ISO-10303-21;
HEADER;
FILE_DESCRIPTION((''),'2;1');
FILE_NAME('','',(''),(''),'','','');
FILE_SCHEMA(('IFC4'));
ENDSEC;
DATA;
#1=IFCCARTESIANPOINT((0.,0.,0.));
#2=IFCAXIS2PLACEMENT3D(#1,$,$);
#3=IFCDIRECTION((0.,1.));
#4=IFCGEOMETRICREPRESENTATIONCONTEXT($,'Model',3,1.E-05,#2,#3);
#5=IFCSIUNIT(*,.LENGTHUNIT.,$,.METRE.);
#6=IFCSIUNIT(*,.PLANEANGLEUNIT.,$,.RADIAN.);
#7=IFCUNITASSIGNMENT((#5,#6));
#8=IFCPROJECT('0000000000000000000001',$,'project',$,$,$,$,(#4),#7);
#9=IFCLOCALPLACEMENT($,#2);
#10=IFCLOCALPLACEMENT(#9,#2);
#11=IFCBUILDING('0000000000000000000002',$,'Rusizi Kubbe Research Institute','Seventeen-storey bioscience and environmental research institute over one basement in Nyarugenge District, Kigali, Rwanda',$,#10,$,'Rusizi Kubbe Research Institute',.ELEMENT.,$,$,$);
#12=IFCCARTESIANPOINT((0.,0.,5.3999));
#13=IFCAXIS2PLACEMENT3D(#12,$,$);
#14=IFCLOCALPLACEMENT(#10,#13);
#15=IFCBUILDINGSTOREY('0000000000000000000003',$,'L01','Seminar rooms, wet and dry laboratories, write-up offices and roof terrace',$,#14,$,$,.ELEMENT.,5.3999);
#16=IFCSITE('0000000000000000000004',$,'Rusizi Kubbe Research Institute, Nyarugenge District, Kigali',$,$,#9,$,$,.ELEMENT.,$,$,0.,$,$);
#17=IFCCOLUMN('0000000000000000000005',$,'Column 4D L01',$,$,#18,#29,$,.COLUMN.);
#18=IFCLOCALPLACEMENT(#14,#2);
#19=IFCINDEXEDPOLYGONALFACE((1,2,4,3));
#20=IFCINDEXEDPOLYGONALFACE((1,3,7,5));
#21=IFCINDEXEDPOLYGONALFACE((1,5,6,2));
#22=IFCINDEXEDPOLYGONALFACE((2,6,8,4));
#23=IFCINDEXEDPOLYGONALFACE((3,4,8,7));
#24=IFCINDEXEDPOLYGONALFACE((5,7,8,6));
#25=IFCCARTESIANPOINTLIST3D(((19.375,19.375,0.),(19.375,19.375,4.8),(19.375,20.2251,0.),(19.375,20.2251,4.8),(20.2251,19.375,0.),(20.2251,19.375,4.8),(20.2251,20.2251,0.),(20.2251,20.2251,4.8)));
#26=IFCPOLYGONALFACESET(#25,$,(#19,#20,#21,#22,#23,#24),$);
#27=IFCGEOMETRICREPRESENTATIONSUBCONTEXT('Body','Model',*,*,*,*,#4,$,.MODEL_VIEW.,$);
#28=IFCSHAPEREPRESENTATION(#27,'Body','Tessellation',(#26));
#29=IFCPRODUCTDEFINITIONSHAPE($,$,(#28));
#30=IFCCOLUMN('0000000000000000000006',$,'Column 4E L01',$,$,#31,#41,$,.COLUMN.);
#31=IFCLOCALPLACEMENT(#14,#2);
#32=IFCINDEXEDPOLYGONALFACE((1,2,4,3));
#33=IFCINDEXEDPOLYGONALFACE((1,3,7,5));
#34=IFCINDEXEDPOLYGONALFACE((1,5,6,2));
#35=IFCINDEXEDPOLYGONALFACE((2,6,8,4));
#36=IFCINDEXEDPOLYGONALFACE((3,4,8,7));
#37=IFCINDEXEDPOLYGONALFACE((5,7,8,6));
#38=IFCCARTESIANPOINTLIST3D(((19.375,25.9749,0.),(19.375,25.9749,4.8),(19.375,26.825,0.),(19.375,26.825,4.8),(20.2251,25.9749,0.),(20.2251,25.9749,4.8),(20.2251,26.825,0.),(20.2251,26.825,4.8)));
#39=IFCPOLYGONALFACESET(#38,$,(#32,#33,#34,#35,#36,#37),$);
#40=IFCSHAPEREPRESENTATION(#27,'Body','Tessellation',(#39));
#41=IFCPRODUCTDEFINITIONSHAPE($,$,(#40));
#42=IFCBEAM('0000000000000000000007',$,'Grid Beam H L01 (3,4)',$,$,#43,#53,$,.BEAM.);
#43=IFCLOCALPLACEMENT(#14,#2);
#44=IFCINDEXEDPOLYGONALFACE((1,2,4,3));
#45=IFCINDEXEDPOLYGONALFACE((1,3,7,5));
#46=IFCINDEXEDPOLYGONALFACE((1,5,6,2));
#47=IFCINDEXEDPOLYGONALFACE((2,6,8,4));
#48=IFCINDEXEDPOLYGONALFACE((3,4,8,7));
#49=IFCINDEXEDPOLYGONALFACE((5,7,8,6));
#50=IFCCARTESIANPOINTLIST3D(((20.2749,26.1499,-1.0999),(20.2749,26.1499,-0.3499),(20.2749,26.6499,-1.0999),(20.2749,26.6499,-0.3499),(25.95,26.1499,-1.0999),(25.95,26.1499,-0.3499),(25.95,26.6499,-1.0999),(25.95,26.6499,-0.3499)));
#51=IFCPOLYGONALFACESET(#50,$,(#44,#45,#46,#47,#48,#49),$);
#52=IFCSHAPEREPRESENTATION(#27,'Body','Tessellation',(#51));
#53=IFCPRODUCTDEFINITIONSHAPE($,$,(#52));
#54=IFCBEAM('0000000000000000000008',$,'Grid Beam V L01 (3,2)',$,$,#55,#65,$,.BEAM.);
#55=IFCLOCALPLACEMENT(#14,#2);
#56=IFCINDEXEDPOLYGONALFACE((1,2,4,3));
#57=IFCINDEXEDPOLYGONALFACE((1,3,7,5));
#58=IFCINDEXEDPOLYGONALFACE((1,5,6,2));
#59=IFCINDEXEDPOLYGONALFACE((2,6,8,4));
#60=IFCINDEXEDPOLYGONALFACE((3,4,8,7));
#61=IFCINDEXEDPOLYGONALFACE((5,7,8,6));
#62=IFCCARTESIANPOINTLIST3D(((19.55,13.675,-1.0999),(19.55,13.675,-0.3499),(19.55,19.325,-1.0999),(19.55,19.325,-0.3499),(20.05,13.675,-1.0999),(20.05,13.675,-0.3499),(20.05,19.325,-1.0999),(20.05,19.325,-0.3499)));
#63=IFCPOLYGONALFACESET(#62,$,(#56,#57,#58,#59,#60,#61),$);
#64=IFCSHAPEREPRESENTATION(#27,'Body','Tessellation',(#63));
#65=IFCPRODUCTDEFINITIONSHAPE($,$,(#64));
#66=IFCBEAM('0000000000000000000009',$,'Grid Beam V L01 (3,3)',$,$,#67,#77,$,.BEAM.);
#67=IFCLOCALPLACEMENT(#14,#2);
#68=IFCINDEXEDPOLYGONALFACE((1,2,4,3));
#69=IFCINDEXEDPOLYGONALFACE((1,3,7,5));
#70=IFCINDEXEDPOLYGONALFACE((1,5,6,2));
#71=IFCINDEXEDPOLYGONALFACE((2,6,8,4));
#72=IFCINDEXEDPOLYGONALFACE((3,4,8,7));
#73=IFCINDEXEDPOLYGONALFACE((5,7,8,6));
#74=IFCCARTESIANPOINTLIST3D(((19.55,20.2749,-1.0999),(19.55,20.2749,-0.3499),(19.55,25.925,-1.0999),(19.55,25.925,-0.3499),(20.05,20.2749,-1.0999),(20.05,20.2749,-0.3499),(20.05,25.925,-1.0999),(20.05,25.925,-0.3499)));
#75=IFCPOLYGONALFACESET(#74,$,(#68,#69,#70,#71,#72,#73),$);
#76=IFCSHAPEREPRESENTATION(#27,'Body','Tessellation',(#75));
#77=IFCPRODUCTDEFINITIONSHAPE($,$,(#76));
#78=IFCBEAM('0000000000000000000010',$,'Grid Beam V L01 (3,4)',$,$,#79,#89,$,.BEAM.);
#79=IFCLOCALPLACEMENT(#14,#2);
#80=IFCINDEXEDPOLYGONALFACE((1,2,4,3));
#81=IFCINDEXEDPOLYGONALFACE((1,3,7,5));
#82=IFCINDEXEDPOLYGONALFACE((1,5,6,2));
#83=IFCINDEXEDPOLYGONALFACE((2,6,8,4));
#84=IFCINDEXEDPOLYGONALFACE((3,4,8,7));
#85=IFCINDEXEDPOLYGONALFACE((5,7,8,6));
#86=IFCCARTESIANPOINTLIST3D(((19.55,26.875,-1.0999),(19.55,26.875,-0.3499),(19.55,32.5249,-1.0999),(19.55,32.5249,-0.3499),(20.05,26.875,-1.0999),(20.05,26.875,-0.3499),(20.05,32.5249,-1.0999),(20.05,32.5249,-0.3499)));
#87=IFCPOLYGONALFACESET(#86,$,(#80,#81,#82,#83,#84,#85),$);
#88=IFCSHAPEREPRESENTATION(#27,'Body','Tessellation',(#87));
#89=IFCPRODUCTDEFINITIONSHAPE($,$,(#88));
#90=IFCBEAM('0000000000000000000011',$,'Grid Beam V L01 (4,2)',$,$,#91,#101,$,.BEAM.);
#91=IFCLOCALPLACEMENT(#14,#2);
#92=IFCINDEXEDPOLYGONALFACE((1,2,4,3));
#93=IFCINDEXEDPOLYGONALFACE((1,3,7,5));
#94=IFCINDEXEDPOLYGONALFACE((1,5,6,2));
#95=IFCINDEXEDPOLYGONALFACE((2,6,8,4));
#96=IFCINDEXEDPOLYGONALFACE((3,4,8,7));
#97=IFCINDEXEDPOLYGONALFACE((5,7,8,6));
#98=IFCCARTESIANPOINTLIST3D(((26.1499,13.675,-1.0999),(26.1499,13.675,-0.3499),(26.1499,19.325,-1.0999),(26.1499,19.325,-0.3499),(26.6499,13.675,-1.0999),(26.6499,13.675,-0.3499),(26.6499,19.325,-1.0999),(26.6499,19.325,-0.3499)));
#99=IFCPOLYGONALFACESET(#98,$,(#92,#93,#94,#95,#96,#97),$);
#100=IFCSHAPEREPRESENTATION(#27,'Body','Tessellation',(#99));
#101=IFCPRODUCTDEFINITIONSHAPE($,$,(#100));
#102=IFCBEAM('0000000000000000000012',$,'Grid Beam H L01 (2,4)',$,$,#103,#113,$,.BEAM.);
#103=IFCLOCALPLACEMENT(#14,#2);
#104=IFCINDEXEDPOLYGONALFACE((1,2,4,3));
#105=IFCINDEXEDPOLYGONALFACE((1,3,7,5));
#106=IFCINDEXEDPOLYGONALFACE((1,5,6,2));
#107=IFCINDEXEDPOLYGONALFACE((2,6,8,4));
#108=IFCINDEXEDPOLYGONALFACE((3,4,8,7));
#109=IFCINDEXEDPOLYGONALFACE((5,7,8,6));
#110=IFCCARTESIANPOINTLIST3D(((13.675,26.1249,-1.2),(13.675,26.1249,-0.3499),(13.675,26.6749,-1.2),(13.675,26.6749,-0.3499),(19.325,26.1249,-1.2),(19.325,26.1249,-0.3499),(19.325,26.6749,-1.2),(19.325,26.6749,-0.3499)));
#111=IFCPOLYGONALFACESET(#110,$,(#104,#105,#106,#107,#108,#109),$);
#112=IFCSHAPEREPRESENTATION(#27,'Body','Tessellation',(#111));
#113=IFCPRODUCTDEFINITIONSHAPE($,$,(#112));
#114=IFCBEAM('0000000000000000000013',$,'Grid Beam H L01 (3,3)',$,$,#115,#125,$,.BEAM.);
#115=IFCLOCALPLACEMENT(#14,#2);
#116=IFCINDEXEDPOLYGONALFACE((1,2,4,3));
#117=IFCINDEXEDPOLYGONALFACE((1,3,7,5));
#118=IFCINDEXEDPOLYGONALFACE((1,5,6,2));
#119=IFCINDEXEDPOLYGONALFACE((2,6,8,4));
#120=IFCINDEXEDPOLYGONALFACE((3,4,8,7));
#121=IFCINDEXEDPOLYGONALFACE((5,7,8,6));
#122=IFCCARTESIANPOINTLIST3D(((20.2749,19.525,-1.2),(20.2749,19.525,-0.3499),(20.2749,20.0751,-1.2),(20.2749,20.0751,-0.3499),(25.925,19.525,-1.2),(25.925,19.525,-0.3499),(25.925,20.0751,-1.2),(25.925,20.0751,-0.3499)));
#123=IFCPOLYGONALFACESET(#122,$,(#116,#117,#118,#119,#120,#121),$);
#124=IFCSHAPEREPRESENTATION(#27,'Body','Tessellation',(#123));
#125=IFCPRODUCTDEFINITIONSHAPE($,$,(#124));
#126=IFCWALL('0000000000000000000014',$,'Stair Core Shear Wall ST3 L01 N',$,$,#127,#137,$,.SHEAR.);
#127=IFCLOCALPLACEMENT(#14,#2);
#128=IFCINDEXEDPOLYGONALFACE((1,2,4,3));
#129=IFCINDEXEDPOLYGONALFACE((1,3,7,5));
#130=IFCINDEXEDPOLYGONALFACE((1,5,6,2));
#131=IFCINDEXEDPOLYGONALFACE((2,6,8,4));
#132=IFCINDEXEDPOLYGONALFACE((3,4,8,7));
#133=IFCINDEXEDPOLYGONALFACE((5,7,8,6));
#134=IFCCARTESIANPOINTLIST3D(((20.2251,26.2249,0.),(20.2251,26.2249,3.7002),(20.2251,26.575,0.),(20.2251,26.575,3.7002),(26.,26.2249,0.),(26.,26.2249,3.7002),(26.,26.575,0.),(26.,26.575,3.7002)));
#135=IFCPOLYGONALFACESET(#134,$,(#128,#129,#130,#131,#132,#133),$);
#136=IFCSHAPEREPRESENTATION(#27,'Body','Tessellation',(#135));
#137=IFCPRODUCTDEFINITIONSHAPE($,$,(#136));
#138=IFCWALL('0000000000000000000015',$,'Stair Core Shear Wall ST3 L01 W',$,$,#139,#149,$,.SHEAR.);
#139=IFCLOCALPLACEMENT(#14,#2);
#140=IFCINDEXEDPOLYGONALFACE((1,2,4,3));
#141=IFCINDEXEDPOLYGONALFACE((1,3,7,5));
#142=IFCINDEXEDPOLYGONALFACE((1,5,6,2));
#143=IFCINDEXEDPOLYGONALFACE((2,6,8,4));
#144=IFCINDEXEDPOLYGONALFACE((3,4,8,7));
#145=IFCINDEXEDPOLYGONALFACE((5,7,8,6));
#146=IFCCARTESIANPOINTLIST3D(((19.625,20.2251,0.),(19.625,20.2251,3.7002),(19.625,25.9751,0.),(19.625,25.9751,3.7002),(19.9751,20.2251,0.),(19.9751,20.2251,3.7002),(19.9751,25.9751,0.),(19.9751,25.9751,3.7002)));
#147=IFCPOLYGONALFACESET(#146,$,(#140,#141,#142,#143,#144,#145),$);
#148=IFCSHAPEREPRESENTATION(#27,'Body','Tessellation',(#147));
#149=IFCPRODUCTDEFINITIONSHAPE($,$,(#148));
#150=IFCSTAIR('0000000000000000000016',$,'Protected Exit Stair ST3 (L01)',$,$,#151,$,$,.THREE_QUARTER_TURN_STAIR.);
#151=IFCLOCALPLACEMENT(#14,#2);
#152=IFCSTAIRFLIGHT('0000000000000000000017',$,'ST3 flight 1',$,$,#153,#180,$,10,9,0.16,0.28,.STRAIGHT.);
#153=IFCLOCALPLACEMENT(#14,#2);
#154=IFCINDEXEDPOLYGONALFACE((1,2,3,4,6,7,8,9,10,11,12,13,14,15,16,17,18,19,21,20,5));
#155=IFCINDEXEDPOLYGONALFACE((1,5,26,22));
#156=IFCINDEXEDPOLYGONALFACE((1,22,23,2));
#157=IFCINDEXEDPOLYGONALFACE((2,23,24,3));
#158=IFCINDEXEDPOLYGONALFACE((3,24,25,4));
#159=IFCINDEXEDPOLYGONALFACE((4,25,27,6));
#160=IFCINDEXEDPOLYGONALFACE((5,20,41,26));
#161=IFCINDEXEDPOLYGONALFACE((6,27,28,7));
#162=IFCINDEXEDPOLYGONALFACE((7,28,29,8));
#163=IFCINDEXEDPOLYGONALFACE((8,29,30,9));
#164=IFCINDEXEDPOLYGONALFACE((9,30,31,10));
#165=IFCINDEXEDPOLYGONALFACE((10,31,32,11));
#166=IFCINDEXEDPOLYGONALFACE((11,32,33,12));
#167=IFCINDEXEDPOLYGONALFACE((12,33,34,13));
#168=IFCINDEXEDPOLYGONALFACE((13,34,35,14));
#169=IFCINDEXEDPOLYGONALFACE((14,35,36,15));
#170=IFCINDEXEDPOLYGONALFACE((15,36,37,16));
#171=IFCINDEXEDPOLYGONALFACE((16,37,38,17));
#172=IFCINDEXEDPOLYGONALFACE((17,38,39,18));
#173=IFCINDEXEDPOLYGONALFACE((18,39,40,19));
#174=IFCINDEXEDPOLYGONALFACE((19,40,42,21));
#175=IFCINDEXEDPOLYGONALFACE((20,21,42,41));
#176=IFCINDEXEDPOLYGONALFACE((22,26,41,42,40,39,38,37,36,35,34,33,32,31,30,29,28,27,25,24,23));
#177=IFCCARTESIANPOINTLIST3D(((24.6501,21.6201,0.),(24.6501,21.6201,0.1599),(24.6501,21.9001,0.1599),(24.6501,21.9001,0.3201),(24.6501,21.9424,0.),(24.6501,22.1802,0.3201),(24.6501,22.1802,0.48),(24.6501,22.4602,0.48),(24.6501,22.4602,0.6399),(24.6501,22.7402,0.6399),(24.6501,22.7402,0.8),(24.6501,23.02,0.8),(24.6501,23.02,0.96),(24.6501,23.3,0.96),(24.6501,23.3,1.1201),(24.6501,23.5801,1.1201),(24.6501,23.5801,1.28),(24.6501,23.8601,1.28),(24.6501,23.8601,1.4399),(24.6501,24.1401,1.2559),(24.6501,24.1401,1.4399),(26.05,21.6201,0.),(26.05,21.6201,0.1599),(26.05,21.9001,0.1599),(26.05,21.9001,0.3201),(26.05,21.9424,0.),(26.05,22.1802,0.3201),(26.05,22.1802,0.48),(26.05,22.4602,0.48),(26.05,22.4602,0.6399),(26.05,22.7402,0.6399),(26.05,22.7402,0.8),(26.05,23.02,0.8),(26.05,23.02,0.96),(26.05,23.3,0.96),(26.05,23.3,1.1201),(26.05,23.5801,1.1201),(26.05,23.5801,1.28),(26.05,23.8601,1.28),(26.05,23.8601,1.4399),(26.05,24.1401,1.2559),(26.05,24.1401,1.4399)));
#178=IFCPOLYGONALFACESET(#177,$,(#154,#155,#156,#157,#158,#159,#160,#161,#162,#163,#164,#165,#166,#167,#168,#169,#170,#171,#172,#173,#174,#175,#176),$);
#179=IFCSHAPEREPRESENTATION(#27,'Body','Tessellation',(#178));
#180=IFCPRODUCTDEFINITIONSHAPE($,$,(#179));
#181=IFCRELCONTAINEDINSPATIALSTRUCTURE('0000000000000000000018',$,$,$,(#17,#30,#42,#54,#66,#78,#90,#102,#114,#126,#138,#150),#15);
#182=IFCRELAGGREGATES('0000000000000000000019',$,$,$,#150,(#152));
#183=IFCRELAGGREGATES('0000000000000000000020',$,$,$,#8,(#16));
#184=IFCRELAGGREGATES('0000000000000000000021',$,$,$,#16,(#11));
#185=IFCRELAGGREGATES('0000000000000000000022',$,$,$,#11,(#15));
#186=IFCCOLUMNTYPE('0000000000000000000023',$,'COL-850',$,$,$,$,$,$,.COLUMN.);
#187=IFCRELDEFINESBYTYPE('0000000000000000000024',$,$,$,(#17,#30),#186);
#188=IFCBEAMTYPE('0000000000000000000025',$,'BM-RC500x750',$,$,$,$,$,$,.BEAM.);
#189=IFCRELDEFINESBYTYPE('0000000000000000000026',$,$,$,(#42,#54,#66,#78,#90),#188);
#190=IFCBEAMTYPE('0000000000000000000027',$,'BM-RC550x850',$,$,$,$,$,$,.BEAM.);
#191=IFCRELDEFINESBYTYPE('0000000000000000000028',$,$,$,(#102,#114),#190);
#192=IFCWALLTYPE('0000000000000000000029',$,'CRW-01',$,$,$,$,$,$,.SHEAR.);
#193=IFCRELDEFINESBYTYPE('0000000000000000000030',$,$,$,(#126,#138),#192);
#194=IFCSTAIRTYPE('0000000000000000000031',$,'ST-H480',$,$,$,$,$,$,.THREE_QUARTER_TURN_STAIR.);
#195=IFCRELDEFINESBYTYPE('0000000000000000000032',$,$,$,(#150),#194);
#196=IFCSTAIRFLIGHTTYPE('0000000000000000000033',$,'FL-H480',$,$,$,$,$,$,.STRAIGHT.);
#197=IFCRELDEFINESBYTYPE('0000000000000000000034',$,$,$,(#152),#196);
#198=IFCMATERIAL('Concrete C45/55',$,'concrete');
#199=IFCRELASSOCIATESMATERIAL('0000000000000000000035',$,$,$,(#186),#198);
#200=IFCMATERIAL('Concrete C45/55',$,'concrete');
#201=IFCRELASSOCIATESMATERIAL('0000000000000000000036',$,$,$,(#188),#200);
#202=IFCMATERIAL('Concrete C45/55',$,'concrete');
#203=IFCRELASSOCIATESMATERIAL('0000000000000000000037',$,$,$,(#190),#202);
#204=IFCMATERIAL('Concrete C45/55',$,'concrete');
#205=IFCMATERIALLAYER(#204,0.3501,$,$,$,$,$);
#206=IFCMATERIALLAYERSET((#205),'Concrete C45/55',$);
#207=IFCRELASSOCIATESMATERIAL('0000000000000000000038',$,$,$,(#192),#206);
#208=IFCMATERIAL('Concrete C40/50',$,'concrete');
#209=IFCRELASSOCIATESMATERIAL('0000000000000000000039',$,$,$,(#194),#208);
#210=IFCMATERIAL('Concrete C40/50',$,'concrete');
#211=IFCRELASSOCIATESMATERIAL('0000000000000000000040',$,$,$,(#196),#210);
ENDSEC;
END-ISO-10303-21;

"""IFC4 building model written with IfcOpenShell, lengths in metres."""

from ifc_helpers import new_model, si_unit, direction, frame, frame_2d, origin, origin_2d, place, context, subcontext, project, spatial, polyline, rectangle, outline, extrude, material, layer, layer_set, material_profile, profile_set, type_object, element, aggregate, save


model = new_model("IFC4")

# Units and contexts
model_context = context("Model", 3, precision=1e-05, world=origin(), true_north=direction((0.0, 1.0)))
body_context = subcontext(model_context, "Body", "Model", "MODEL_VIEW")
ifc_project = project(units=[si_unit("LENGTHUNIT", "METRE"), si_unit("PLANEANGLEUNIT", "RADIAN")], contexts=[model_context])

# Site, building, storey
site_placement = place(None, origin())
site = spatial("IfcSite", under=ifc_project, at=site_placement, Name="Rusizi Kubbe Research Institute, Nyarugenge District, Kigali", CompositionType="ELEMENT", RefElevation=0.0)
building_placement = place(site_placement, origin())
building = spatial("IfcBuilding", under=site, at=building_placement, Name="Rusizi Kubbe Research Institute", Description="Seventeen-storey bioscience and environmental research institute over one basement in Nyarugenge District, Kigali, Rwanda", LongName="Rusizi Kubbe Research Institute", CompositionType="ELEMENT")
storey_placement = place(building_placement, frame((0.0, 0.0, 5.3999)))
storey = spatial("IfcBuildingStorey", under=building, at=storey_placement, Name="L01", Description="Seminar rooms, wet and dry laboratories, write-up offices and roof terrace", CompositionType="ELEMENT", Elevation=5.3999)

# Columns
ifc_material_1 = material(Name="Concrete C45/55", Category="concrete")
ifc_material_profile_1 = material_profile(ifc_material_1, rectangle(XDim=0.8501, YDim=0.8501, at=origin_2d()), Name="RC850x850")
ifc_profile_set_1 = profile_set([ifc_material_profile_1], Name="Concrete C45/55")
column_type = type_object("IfcColumnType", Name="COL-850", PredefinedType="COLUMN", material=ifc_profile_set_1)
for number, where, z_axis, x_axis, name in (
    (1, (19.8, 19.8, 0.0), (0.0, 0.0, 1.0), (1.0, 0.0, 0.0), "Column 4D L01"),
    (2, (19.8, 26.3999, 0.0), (0.0, 0.0, 1.0), (1.0, 0.0, 0.0), "Column 4E L01"),
):
    element("IfcColumn", number, at=place(storey_placement, frame(where, z_axis=z_axis, x_axis=x_axis)), inside=storey, type_object=column_type, Name=name, PredefinedType="COLUMN", context=body_context, shape_type="SweptSolid", body=[
        extrude(rectangle(XDim=0.8501, YDim=0.8501, at=origin_2d()), origin(), (0.0, 0.0, 1.0), 4.8),
    ])

# Beams
ifc_material_2 = material(Name="Concrete C45/55", Category="concrete")
ifc_material_profile_2 = material_profile(ifc_material_2, rectangle(XDim=0.5, YDim=0.75, at=origin_2d()), Name="RC500x750B")
ifc_profile_set_2 = profile_set([ifc_material_profile_2], Name="Concrete C45/55")
beam_type_1 = type_object("IfcBeamType", Name="BM-RC500x750", PredefinedType="BEAM", material=ifc_profile_set_2)
beam_1_placement = place(storey_placement, frame((20.2749, 26.3999, -0.7249), z_axis=(1.0, 0.0, 0.0), x_axis=(0.0, 1.0, 0.0)))
element("IfcBeam", 3, at=beam_1_placement, inside=storey, type_object=beam_type_1, Name="Grid Beam H L01 (3,4)", PredefinedType="BEAM", context=body_context, shape_type="SweptSolid", body=[
    extrude(rectangle(XDim=0.5, YDim=0.75, at=origin_2d()), origin(), (0.0, 0.0, 1.0), 5.675),
])
beam_2_placement = place(storey_placement, frame((19.8, 13.675, -0.7249), z_axis=(0.0, 1.0, 0.0), x_axis=(-1.0, 0.0, 0.0)))
element("IfcBeam", 4, at=beam_2_placement, inside=storey, type_object=beam_type_1, Name="Grid Beam V L01 (3,2)", PredefinedType="BEAM", context=body_context, shape_type="SweptSolid", body=[
    extrude(rectangle(XDim=0.5, YDim=0.75, at=origin_2d()), origin(), (0.0, 0.0, 1.0), 5.6499),
])
beam_3_placement = place(storey_placement, frame((19.8, 20.2749, -0.7249), z_axis=(0.0, 1.0, 0.0), x_axis=(-1.0, 0.0, 0.0)))
element("IfcBeam", 5, at=beam_3_placement, inside=storey, type_object=beam_type_1, Name="Grid Beam V L01 (3,3)", PredefinedType="BEAM", context=body_context, shape_type="SweptSolid", body=[
    extrude(rectangle(XDim=0.5, YDim=0.75, at=origin_2d()), origin(), (0.0, 0.0, 1.0), 5.6501),
])
for number, where, z_axis, x_axis, name in (
    (6, (19.8, 26.875, -0.7249), (0.0, 1.0, 0.0), (-1.0, 0.0, 0.0), "Grid Beam V L01 (3,4)"),
    (7, (26.3999, 13.675, -0.7249), (0.0, 1.0, 0.0), (-1.0, 0.0, 0.0), "Grid Beam V L01 (4,2)"),
):
    element("IfcBeam", number, at=place(storey_placement, frame(where, z_axis=z_axis, x_axis=x_axis)), inside=storey, type_object=beam_type_1, Name=name, PredefinedType="BEAM", context=body_context, shape_type="SweptSolid", body=[
        extrude(rectangle(XDim=0.5, YDim=0.75, at=origin_2d()), origin(), (0.0, 0.0, 1.0), 5.6499),
    ])
ifc_material_3 = material(Name="Concrete C45/55", Category="concrete")
ifc_material_profile_3 = material_profile(ifc_material_3, rectangle(XDim=0.55, YDim=0.8501, at=origin_2d()), Name="RC550x850")
ifc_profile_set_3 = profile_set([ifc_material_profile_3], Name="Concrete C45/55")
beam_type_2 = type_object("IfcBeamType", Name="BM-RC550x850", PredefinedType="BEAM", material=ifc_profile_set_3)
beam_4_placement = place(storey_placement, frame((13.675, 26.3999, -0.7749), z_axis=(1.0, 0.0, 0.0), x_axis=(0.0, 1.0, 0.0)))
element("IfcBeam", 8, at=beam_4_placement, inside=storey, type_object=beam_type_2, Name="Grid Beam H L01 (2,4)", PredefinedType="BEAM", context=body_context, shape_type="SweptSolid", body=[
    extrude(rectangle(XDim=0.55, YDim=0.8501, at=origin_2d()), origin(), (0.0, 0.0, 1.0), 5.6499),
])
beam_5_placement = place(storey_placement, frame((20.2749, 19.8, -0.7749), z_axis=(1.0, 0.0, 0.0), x_axis=(0.0, 1.0, 0.0)))
element("IfcBeam", 9, at=beam_5_placement, inside=storey, type_object=beam_type_2, Name="Grid Beam H L01 (3,3)", PredefinedType="BEAM", context=body_context, shape_type="SweptSolid", body=[
    extrude(rectangle(XDim=0.55, YDim=0.8501, at=origin_2d()), origin(), (0.0, 0.0, 1.0), 5.6501),
])

# Shared definitions
ifc_material_4 = material(Name="Concrete C45/55", Category="concrete")
ifc_layer = layer(ifc_material_4, 0.3501)
ifc_layer_set = layer_set([ifc_layer], Name="Concrete C45/55")
wall_type = type_object("IfcWallType", Name="CRW-01", PredefinedType="SHEAR", material=ifc_layer_set)

# Walls
wall_1_placement = place(storey_placement, frame((20.2251, 26.3999, 0.0), z_axis=(0.0, 0.0, 1.0), x_axis=(1.0, 0.0, 0.0)))
element("IfcWall", 10, at=wall_1_placement, inside=storey, type_object=wall_type, Name="Stair Core Shear Wall ST3 L01 N", PredefinedType="SHEAR", context=body_context, shape_type="SweptSolid", body=[
    extrude(rectangle(XDim=5.7749, YDim=0.3501, at=frame_2d((2.8875, 0.0))), origin(), (0.0, 0.0, 1.0), 3.7002),
])
wall_2_placement = place(storey_placement, frame((19.8, 20.2251, 0.0), z_axis=(0.0, 0.0, 1.0), x_axis=(0.0, 1.0, 0.0)))
element("IfcWall", 11, at=wall_2_placement, inside=storey, type_object=wall_type, Name="Stair Core Shear Wall ST3 L01 W", PredefinedType="SHEAR", context=body_context, shape_type="SweptSolid", body=[
    extrude(rectangle(XDim=5.75, YDim=0.3501, at=frame_2d((2.875, 0.0))), origin(), (0.0, 0.0, 1.0), 3.7002),
])

# Stair, stair flight
ifc_material_5 = material(Name="Concrete C40/50", Category="concrete")
stair_type = type_object("IfcStairType", Name="ST-H480", PredefinedType="THREE_QUARTER_TURN_STAIR", material=ifc_material_5)
stair_placement = place(storey_placement, origin())
stair = element("IfcStair", 12, at=stair_placement, inside=storey, type_object=stair_type, Name="Protected Exit Stair ST3 (L01)", PredefinedType="THREE_QUARTER_TURN_STAIR")
ifc_material_6 = material(Name="Concrete C40/50", Category="concrete")
stair_flight_type = type_object("IfcStairFlightType", Name="FL-H480", PredefinedType="STRAIGHT", material=ifc_material_6)
stair_flight_1_placement = place(storey_placement, frame((25.3501, 21.6201, 0.0), z_axis=(0.0, 0.0, 1.0), x_axis=(0.0, 1.0, 0.0)))
stair_flight_1 = element("IfcStairFlight", 13, at=stair_flight_1_placement, type_object=stair_flight_type, Name="ST3 flight 1", NumberOfRisers=10, NumberOfTreads=9, PredefinedType="STRAIGHT", RiserHeight=0.16, TreadLength=0.28, context=body_context, shape_type="SweptSolid", body=[
    extrude(outline(polyline([(0.0, 0.0), (0.0, 0.1599), (0.28, 0.1599), (0.28, 0.3201), (0.5601, 0.3201), (0.5601, 0.48), (0.8401, 0.48), (0.8401, 0.6399), (1.1201, 0.6399), (1.1201, 0.8), (1.3999, 0.8), (1.3999, 0.96), (1.6799, 0.96), (1.6799, 1.1201), (1.96, 1.1201), (1.96, 1.28), (2.24, 1.28), (2.24, 1.4399), (2.52, 1.4399), (2.52, 1.6001), (2.52, 1.2559), (0.3223, 0.0), (0.0, 0.0)])), frame((0.0, 0.7, 0.0), z_axis=(0.0, -1.0, 0.0), x_axis=(1.0, 0.0, 0.0)), (0.0, 0.0, 1.0), 1.3999),
])
aggregate(stair, [stair_flight_1])

save(model, "model.ifc")
